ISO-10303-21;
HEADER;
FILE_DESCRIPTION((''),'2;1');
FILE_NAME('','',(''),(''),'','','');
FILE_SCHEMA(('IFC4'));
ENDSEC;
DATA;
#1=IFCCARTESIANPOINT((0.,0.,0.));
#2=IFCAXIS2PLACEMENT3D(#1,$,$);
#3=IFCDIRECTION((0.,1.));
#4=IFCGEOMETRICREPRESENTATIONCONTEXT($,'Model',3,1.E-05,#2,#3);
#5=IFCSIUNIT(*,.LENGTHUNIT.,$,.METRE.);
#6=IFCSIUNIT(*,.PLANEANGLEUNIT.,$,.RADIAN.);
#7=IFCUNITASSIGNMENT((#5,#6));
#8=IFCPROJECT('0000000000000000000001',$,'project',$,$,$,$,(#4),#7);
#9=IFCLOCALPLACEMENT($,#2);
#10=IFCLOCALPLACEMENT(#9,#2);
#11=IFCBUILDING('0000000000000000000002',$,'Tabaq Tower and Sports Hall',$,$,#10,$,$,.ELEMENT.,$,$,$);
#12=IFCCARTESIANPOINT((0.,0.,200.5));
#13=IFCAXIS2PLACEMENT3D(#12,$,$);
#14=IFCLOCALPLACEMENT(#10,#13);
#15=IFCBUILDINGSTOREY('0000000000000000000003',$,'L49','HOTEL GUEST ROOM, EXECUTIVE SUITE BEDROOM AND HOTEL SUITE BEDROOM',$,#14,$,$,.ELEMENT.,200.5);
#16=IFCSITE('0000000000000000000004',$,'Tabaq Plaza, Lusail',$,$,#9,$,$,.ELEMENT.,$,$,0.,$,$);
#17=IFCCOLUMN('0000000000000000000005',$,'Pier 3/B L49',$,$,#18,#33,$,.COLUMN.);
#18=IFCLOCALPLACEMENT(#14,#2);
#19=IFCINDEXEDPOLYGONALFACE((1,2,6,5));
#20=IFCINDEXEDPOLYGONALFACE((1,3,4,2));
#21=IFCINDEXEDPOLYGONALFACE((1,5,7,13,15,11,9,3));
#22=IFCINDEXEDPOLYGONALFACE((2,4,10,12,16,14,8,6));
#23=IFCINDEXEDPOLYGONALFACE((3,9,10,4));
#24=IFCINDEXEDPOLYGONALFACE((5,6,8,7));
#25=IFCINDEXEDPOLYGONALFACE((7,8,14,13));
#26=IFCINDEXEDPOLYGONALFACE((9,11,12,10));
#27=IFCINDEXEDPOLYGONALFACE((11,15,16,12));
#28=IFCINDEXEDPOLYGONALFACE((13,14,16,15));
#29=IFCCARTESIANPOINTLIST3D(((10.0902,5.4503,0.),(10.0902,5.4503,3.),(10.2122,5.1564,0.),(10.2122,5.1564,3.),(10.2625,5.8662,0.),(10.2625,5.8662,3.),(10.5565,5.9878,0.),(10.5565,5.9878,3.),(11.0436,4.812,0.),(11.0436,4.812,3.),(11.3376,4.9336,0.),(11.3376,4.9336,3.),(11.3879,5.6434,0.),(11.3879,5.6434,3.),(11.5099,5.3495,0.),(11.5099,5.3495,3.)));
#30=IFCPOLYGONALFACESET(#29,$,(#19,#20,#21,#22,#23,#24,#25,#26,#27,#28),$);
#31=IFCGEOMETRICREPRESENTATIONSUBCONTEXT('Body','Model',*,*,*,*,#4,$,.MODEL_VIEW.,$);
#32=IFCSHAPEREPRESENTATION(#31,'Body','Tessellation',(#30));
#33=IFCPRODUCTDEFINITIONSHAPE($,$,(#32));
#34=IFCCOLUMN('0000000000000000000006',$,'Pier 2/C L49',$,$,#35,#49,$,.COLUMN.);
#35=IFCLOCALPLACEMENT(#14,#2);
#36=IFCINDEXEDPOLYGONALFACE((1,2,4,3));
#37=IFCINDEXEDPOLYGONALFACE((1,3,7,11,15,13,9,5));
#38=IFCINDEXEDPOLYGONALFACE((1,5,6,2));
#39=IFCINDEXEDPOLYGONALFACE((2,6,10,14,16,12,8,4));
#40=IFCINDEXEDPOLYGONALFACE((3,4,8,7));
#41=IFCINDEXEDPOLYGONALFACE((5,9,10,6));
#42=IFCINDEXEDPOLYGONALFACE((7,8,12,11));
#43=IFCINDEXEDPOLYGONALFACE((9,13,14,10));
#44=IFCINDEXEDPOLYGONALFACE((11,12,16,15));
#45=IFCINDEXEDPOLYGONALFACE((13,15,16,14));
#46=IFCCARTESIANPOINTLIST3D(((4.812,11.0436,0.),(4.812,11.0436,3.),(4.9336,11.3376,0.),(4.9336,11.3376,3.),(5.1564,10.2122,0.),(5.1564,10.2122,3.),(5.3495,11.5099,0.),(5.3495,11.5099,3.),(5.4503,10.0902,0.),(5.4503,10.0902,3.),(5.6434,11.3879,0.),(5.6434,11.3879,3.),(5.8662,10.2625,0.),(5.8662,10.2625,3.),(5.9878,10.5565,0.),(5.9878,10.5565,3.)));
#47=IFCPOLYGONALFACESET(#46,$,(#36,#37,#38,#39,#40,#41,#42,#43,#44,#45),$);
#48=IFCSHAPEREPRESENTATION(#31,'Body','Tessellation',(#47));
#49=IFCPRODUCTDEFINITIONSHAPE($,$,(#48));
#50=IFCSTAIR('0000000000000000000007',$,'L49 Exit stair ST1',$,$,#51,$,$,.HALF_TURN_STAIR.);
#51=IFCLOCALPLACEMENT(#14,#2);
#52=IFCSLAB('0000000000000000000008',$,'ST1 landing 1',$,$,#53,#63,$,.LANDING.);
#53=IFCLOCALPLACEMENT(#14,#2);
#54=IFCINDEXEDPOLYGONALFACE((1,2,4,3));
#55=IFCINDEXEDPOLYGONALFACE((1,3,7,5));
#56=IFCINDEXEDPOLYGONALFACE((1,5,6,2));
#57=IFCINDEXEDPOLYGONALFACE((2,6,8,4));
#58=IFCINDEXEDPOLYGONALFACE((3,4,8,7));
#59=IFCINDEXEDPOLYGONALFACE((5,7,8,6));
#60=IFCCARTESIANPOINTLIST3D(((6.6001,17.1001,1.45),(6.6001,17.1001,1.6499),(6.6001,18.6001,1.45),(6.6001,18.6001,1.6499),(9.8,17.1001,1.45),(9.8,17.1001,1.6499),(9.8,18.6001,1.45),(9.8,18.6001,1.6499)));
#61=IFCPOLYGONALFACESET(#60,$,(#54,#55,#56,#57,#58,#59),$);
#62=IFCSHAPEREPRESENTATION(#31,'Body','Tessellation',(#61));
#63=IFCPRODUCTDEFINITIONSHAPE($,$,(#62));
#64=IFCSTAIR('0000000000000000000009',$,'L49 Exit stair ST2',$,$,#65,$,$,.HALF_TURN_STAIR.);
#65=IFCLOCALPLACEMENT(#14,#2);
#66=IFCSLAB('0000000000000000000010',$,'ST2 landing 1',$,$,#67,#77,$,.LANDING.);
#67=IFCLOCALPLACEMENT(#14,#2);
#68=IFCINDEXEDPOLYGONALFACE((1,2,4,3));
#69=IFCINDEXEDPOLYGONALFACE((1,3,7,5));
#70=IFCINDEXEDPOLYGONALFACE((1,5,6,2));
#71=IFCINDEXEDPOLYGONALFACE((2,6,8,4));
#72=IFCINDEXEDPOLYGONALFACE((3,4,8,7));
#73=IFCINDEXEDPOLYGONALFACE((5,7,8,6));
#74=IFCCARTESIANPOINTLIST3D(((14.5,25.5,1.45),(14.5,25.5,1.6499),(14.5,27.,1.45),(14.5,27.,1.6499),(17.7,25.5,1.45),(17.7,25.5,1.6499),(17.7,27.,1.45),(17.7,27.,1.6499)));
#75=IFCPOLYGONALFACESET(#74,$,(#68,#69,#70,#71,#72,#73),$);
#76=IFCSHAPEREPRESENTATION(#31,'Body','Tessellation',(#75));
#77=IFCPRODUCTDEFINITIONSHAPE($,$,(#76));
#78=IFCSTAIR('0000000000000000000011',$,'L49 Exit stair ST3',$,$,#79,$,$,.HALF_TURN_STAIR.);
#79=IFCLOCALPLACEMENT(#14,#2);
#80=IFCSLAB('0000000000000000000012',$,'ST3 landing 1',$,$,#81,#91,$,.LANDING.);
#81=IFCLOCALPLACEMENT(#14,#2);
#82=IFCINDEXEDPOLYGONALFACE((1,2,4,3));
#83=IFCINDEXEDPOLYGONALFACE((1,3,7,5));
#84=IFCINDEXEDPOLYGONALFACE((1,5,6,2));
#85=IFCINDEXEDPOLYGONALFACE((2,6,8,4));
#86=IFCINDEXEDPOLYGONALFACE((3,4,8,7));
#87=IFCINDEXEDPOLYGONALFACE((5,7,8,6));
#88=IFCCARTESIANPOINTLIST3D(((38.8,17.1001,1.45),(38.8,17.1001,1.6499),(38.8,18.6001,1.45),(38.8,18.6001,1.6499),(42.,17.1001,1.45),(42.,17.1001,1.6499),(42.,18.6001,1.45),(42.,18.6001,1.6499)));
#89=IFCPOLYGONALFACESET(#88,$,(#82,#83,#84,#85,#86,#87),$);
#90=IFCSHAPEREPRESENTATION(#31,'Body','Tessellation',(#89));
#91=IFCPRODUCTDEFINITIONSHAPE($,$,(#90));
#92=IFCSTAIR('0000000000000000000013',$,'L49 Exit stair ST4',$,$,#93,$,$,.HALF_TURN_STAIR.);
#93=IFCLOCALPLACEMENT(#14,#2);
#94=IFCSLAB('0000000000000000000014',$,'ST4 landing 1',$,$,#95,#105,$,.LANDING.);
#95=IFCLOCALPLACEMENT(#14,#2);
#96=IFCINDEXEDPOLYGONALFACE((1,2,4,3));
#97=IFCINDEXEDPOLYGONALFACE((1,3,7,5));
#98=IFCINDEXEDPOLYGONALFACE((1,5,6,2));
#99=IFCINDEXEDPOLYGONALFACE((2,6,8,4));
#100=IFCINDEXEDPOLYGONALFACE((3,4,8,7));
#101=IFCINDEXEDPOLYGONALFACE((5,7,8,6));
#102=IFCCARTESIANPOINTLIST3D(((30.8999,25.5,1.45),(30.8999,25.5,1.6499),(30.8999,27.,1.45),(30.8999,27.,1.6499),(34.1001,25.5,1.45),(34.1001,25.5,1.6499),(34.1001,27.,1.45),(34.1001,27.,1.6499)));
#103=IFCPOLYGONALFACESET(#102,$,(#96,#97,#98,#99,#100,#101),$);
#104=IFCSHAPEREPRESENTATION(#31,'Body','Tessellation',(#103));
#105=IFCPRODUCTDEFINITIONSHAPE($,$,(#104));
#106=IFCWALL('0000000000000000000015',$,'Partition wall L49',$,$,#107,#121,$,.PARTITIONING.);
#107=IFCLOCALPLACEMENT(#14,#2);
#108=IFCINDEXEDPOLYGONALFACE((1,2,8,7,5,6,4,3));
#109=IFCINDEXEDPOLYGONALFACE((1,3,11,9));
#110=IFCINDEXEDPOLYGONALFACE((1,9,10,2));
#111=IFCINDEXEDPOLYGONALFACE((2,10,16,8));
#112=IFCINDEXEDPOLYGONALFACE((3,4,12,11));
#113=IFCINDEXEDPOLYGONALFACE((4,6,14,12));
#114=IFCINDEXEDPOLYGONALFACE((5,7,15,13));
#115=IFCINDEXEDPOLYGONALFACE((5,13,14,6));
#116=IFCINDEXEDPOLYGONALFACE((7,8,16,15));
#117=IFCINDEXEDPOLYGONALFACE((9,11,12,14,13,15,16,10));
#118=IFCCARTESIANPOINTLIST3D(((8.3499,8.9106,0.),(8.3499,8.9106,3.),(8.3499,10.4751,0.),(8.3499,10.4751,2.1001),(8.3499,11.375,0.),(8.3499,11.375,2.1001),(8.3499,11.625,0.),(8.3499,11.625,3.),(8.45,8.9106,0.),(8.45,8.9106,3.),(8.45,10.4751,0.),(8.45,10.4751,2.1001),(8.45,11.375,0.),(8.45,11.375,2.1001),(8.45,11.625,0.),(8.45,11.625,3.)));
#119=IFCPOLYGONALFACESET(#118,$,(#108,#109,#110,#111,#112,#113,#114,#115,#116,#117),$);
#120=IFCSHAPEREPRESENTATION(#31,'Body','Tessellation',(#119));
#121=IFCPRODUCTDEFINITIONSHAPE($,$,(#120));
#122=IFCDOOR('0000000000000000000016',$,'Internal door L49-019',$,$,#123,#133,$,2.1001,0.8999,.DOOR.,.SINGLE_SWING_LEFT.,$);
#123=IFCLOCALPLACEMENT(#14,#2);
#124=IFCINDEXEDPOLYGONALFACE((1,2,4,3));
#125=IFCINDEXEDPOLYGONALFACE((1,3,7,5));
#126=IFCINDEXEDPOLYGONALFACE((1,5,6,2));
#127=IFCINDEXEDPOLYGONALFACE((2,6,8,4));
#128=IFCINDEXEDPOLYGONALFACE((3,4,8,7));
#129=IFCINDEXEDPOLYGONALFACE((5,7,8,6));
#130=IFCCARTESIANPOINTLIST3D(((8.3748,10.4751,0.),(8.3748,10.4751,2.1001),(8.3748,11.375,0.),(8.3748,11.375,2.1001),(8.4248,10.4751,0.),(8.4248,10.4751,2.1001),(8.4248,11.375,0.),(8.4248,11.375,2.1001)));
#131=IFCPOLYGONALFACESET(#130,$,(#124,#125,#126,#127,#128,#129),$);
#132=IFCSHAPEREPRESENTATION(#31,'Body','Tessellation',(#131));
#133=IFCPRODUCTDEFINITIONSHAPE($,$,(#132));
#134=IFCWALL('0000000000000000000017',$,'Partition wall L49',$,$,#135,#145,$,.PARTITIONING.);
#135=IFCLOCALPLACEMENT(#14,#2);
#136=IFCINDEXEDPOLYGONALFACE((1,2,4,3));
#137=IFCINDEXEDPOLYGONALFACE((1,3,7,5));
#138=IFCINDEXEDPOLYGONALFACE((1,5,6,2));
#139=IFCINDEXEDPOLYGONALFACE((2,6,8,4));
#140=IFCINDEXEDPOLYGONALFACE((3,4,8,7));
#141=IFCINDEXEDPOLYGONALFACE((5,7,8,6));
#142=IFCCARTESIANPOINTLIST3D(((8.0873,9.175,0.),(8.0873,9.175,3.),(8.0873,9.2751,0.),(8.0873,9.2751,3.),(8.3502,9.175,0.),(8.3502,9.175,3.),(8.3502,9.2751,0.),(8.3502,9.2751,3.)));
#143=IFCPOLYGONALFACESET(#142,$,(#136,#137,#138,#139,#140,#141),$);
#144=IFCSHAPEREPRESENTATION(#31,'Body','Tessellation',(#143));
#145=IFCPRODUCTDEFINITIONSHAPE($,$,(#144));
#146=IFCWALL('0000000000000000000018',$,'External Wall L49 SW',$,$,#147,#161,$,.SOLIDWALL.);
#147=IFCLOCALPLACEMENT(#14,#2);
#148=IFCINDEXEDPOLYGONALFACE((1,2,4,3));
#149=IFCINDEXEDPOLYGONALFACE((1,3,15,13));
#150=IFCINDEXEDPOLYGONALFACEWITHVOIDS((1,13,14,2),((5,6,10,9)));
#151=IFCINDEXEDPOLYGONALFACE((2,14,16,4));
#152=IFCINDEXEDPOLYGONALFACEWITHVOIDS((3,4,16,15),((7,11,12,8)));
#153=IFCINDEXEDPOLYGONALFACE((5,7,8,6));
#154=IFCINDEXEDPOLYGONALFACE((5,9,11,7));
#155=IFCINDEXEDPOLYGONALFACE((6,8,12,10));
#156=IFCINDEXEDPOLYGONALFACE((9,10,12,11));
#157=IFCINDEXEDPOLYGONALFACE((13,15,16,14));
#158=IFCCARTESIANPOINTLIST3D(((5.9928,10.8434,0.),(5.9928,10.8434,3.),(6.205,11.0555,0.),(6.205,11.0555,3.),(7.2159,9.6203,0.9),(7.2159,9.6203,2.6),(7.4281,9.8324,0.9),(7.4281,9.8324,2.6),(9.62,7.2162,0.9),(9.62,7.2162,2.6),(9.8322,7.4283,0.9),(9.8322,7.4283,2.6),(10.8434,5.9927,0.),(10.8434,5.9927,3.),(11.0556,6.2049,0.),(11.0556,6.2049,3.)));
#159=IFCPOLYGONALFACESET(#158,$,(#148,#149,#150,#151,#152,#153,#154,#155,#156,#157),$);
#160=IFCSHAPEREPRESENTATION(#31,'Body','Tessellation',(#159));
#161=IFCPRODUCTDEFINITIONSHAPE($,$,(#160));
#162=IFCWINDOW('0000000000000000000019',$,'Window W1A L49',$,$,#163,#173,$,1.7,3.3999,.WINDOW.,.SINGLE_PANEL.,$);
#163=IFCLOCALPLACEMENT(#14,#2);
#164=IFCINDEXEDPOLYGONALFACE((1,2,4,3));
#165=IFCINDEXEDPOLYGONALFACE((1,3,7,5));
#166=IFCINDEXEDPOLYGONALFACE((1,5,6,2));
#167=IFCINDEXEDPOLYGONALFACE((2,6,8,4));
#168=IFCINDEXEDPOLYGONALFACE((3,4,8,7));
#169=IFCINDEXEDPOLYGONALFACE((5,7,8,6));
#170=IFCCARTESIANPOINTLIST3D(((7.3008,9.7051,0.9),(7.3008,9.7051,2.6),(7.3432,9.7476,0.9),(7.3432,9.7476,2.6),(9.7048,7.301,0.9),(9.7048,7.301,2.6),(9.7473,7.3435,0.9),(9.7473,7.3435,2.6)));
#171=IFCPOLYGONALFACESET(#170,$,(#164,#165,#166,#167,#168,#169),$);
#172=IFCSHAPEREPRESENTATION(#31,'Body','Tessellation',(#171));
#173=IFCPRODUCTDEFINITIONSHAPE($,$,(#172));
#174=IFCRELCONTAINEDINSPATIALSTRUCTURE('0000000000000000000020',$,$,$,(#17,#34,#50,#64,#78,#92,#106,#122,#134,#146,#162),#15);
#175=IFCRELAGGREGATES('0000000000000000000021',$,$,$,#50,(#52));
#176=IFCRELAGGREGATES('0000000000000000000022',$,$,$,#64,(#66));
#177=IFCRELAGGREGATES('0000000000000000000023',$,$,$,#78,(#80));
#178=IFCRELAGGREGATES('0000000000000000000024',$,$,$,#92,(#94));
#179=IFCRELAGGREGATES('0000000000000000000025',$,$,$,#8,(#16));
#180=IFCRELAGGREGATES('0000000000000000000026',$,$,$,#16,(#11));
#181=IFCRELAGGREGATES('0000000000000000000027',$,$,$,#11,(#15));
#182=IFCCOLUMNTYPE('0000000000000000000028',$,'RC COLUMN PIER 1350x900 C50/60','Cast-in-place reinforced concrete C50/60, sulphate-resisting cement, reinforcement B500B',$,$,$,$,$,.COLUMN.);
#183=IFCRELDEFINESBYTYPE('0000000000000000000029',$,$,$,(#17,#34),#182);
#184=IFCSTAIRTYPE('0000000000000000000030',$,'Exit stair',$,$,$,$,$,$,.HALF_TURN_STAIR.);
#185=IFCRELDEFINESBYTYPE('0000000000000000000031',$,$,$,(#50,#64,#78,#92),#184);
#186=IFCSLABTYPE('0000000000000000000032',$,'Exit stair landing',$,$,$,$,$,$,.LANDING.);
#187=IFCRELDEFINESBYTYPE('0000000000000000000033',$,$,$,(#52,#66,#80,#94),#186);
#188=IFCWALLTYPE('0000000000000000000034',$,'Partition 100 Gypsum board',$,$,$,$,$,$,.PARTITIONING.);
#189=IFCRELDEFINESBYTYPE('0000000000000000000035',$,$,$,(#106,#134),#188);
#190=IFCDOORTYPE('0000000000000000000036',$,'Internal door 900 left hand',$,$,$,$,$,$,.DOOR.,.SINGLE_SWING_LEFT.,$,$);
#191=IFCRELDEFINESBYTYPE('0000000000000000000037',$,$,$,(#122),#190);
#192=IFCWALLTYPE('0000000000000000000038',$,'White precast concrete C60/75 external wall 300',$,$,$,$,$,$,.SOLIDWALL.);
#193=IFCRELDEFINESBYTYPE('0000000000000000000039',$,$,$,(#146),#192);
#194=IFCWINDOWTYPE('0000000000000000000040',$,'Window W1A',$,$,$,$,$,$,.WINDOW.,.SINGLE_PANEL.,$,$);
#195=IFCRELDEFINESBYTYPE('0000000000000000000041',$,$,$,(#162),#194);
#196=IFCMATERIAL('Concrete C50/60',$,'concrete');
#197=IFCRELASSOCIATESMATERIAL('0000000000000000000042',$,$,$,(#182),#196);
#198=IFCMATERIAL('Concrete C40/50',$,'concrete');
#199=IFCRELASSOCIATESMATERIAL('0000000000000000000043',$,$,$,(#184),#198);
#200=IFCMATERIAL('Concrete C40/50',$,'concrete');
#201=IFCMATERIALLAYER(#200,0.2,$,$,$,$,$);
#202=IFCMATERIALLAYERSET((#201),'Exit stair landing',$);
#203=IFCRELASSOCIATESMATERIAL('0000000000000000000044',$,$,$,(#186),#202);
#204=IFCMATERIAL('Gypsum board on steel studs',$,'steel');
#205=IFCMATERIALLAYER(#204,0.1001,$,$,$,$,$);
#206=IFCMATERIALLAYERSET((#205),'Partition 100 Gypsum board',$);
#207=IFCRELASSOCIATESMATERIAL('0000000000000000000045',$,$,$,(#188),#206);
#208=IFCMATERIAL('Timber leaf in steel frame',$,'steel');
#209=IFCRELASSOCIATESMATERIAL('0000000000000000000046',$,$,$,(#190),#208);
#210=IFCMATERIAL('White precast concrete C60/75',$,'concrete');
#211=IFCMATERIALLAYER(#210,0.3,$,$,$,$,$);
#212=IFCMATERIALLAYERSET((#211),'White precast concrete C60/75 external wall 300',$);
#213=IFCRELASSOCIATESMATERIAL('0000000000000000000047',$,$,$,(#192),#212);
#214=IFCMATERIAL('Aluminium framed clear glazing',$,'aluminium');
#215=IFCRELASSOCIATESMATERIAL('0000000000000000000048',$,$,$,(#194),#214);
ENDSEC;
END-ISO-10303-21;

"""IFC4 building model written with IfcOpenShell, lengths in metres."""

from ifc_helpers import new_model, si_unit, direction, frame, frame_2d, origin, place, context, subcontext, project, spatial, polyline, rectangle, outline, extrude, material, layer, layer_set, material_profile, profile_set, type_object, element, fill, aggregate, save


model = new_model("IFC4")

# Units and contexts
model_context = context("Model", 3, precision=1e-05, world=origin(), true_north=direction((0.0, 1.0)))
body_context = subcontext(model_context, "Body", "Model", "MODEL_VIEW")
ifc_project = project(units=[si_unit("LENGTHUNIT", "METRE"), si_unit("PLANEANGLEUNIT", "RADIAN")], contexts=[model_context])

# Site, building, storey
site_placement = place(None, origin())
site = spatial("IfcSite", under=ifc_project, at=site_placement, Name="Tabaq Plaza, Lusail", CompositionType="ELEMENT", RefElevation=0.0)
building_placement = place(site_placement, origin())
building = spatial("IfcBuilding", under=site, at=building_placement, Name="Tabaq Tower and Sports Hall", CompositionType="ELEMENT")
storey_placement = place(building_placement, frame((0.0, 0.0, 200.5)))
storey = spatial("IfcBuildingStorey", under=building, at=storey_placement, Name="L49", Description="HOTEL GUEST ROOM, EXECUTIVE SUITE BEDROOM AND HOTEL SUITE BEDROOM", CompositionType="ELEMENT", Elevation=200.5)

# Columns
ifc_material_1 = material(Name="Concrete C50/60", Category="concrete")
ifc_material_profile = material_profile(ifc_material_1, outline(polyline([(-0.45, -0.45), (0.45, -0.45), (0.675, -0.2251), (0.675, 0.2251), (0.45, 0.45), (-0.45, 0.45), (-0.675, 0.2251), (-0.675, -0.2251), (-0.45, -0.45)])), Name="PIER 1350x900")
ifc_profile_set = profile_set([ifc_material_profile], Name="Concrete C50/60")
column_type = type_object("IfcColumnType", Name="RC COLUMN PIER 1350x900 C50/60", Description="Cast-in-place reinforced concrete C50/60, sulphate-resisting cement, reinforcement B500B", PredefinedType="COLUMN", material=ifc_profile_set)
for number, where, z_axis, x_axis, name in (
    (1, (10.8, 5.3999, 0.0), (0.0, 0.0, 1.0), (-0.92388, 0.382683, 0.0), "Pier 3/B L49"),
    (2, (5.3999, 10.8, 0.0), (0.0, 0.0, 1.0), (-0.382683, 0.92388, 0.0), "Pier 2/C L49"),
):
    element("IfcColumn", number, at=place(storey_placement, frame(where, z_axis=z_axis, x_axis=x_axis)), inside=storey, type_object=column_type, Name=name, PredefinedType="COLUMN", context=body_context, shape_type="SweptSolid", body=[
        extrude(outline(polyline([(-0.45, -0.45), (0.45, -0.45), (0.675, -0.2251), (0.675, 0.2251), (0.45, 0.45), (-0.45, 0.45), (-0.675, 0.2251), (-0.675, -0.2251), (-0.45, -0.45)])), origin(), (0.0, 0.0, 1.0), 3.0),
    ])

# Stairs, slabs
ifc_material_2 = material(Name="Concrete C40/50", Category="concrete")
stair_type = type_object("IfcStairType", Name="Exit stair", PredefinedType="HALF_TURN_STAIR", material=ifc_material_2)
stair_1_placement = place(storey_placement, origin())
stair_1 = element("IfcStair", 3, at=stair_1_placement, inside=storey, type_object=stair_type, Name="L49 Exit stair ST1", PredefinedType="HALF_TURN_STAIR")
ifc_material_3 = material(Name="Concrete C40/50", Category="concrete")
ifc_layer_1 = layer(ifc_material_3, 0.2)
ifc_layer_set_1 = layer_set([ifc_layer_1], Name="Exit stair landing")
slab_type = type_object("IfcSlabType", Name="Exit stair landing", PredefinedType="LANDING", material=ifc_layer_set_1)
slab_1_placement = place(storey_placement, frame((0.0, 0.0, 1.45)))
slab_1 = element("IfcSlab", 4, at=slab_1_placement, type_object=slab_type, Name="ST1 landing 1", PredefinedType="LANDING", context=body_context, shape_type="SweptSolid", body=[
    extrude(outline(polyline([(6.6001, 18.6001), (6.6001, 17.1001), (9.8, 17.1001), (9.8, 18.6001), (6.6001, 18.6001)])), origin(), (0.0, 0.0, 1.0), 0.2),
])
aggregate(stair_1, [slab_1])
stair_2_placement = place(storey_placement, origin())
stair_2 = element("IfcStair", 5, at=stair_2_placement, inside=storey, type_object=stair_type, Name="L49 Exit stair ST2", PredefinedType="HALF_TURN_STAIR")
slab_2_placement = place(storey_placement, frame((0.0, 0.0, 1.45)))
slab_2 = element("IfcSlab", 6, at=slab_2_placement, type_object=slab_type, Name="ST2 landing 1", PredefinedType="LANDING", context=body_context, shape_type="SweptSolid", body=[
    extrude(outline(polyline([(14.5, 27.0), (14.5, 25.5), (17.7, 25.5), (17.7, 27.0), (14.5, 27.0)])), origin(), (0.0, 0.0, 1.0), 0.2),
])
aggregate(stair_2, [slab_2])
stair_3_placement = place(storey_placement, origin())
stair_3 = element("IfcStair", 7, at=stair_3_placement, inside=storey, type_object=stair_type, Name="L49 Exit stair ST3", PredefinedType="HALF_TURN_STAIR")
slab_3_placement = place(storey_placement, frame((0.0, 0.0, 1.45)))
slab_3 = element("IfcSlab", 8, at=slab_3_placement, type_object=slab_type, Name="ST3 landing 1", PredefinedType="LANDING", context=body_context, shape_type="SweptSolid", body=[
    extrude(outline(polyline([(38.8, 18.6001), (38.8, 17.1001), (42.0, 17.1001), (42.0, 18.6001), (38.8, 18.6001)])), origin(), (0.0, 0.0, 1.0), 0.2),
])
aggregate(stair_3, [slab_3])
stair_4_placement = place(storey_placement, origin())
stair_4 = element("IfcStair", 9, at=stair_4_placement, inside=storey, type_object=stair_type, Name="L49 Exit stair ST4", PredefinedType="HALF_TURN_STAIR")
slab_4_placement = place(storey_placement, frame((0.0, 0.0, 1.45)))
slab_4 = element("IfcSlab", 10, at=slab_4_placement, type_object=slab_type, Name="ST4 landing 1", PredefinedType="LANDING", context=body_context, shape_type="SweptSolid", body=[
    extrude(outline(polyline([(30.8999, 27.0), (30.8999, 25.5), (34.1001, 25.5), (34.1001, 27.0), (30.8999, 27.0)])), origin(), (0.0, 0.0, 1.0), 0.2),
])
aggregate(stair_4, [slab_4])

# Wall, opening, door
ifc_material_4 = material(Name="Gypsum board on steel studs", Category="steel")
ifc_layer_2 = layer(ifc_material_4, 0.1001)
ifc_layer_set_2 = layer_set([ifc_layer_2], Name="Partition 100 Gypsum board")
wall_type_1 = type_object("IfcWallType", Name="Partition 100 Gypsum board", PredefinedType="PARTITIONING", material=ifc_layer_set_2)
wall_1_placement = place(storey_placement, frame((8.3999, 11.625, 0.0), z_axis=(0.0, 0.0, 1.0), x_axis=(0.0, -1.0, 0.0)))
wall_1 = element("IfcWall", 11, at=wall_1_placement, inside=storey, type_object=wall_type_1, Name="Partition wall L49", PredefinedType="PARTITIONING", context=body_context, shape_type="SweptSolid", body=[
    extrude(rectangle(XDim=2.7144, YDim=0.1001, at=frame_2d((1.3572, 0.0))), origin(), (0.0, 0.0, 1.0), 3.0),
])
opening_1_placement = place(wall_1_placement, frame((0.25, 0.0, 0.0)))
opening_1 = element("IfcOpeningElement", 12, at=opening_1_placement, cuts=wall_1, PredefinedType="OPENING", context=body_context, shape_type="SweptSolid", body=[
    extrude(rectangle(XDim=0.8999, YDim=2.1001, at=frame_2d((0.45, 1.05))), frame((0.0, 0.05, 0.0), z_axis=(0.0, -1.0, 0.0), x_axis=(1.0, 0.0, 0.0)), (0.0, 0.0, 1.0), 0.1001),
])
ifc_material_5 = material(Name="Timber leaf in steel frame", Category="steel")
door_type = type_object("IfcDoorType", Name="Internal door 900 left hand", OperationType="SINGLE_SWING_LEFT", PredefinedType="DOOR", material=ifc_material_5)
door_placement = place(opening_1_placement, origin())
door = element("IfcDoor", 13, at=door_placement, inside=storey, type_object=door_type, Name="Internal door L49-019", OperationType="SINGLE_SWING_LEFT", OverallHeight=2.1001, OverallWidth=0.8999, PredefinedType="DOOR", context=body_context, shape_type="SweptSolid", body=[
    extrude(rectangle(XDim=0.8999, YDim=2.1001, at=frame_2d((0.45, 1.05))), frame((0.0, 0.0249, 0.0), z_axis=(0.0, -1.0, 0.0), x_axis=(1.0, 0.0, 0.0)), (0.0, 0.0, 1.0), 0.05),
])
fill(opening_1, door)

# Wall
wall_2_placement = place(storey_placement, frame((8.3501, 9.2251, 0.0), z_axis=(0.0, 0.0, 1.0), x_axis=(-1.0, 0.0, 0.0)))
element("IfcWall", 14, at=wall_2_placement, inside=storey, type_object=wall_type_1, Name="Partition wall L49", PredefinedType="PARTITIONING", context=body_context, shape_type="SweptSolid", body=[
    extrude(rectangle(XDim=0.2629, YDim=0.1001, at=frame_2d((0.1313, 0.0))), origin(), (0.0, 0.0, 1.0), 3.0),
])

# Wall, opening, window
ifc_material_6 = material(Name="White precast concrete C60/75", Category="concrete")
ifc_layer_3 = layer(ifc_material_6, 0.3)
ifc_layer_set_3 = layer_set([ifc_layer_3], Name="White precast concrete C60/75 external wall 300")
wall_type_2 = type_object("IfcWallType", Name="White precast concrete C60/75 external wall 300", PredefinedType="SOLIDWALL", material=ifc_layer_set_3)
wall_3_placement = place(storey_placement, frame((6.0989, 10.9495, 0.0), z_axis=(0.0, 0.0, 1.0), x_axis=(0.707107, -0.707107, 0.0)))
wall_3 = element("IfcWall", 15, at=wall_3_placement, inside=storey, type_object=wall_type_2, Name="External Wall L49 SW", PredefinedType="SOLIDWALL", context=body_context, shape_type="SweptSolid", body=[
    extrude(rectangle(XDim=6.8599, YDim=0.3, at=frame_2d((3.4299, 0.0))), origin(), (0.0, 0.0, 1.0), 3.0),
])
opening_2_placement = place(wall_3_placement, frame((1.7297, 0.0, 0.8999)))
opening_2 = element("IfcOpeningElement", 16, at=opening_2_placement, cuts=wall_3, PredefinedType="OPENING", context=body_context, shape_type="SweptSolid", body=[
    extrude(rectangle(XDim=3.3999, YDim=1.7, at=frame_2d((1.7, 0.8501))), frame((0.0, 0.1602, 0.0), z_axis=(0.0, -1.0, 0.0), x_axis=(1.0, 0.0, 0.0)), (0.0, 0.0, 1.0), 0.3201),
])
ifc_material_7 = material(Name="Aluminium framed clear glazing", Category="aluminium")
window_type = type_object("IfcWindowType", Name="Window W1A", PartitioningType="SINGLE_PANEL", PredefinedType="WINDOW", material=ifc_material_7)
window_placement = place(opening_2_placement, origin())
window = element("IfcWindow", 17, at=window_placement, inside=storey, type_object=window_type, Name="Window W1A L49", OverallHeight=1.7, OverallWidth=3.3999, PartitioningType="SINGLE_PANEL", PredefinedType="WINDOW", context=body_context, shape_type="SweptSolid", body=[
    extrude(rectangle(XDim=3.3999, YDim=1.7, at=frame_2d((1.7, 0.8501))), frame((0.0, 0.03, 0.0), z_axis=(0.0, -1.0, 0.0), x_axis=(1.0, 0.0, 0.0)), (0.0, 0.0, 1.0), 0.0601),
])
fill(opening_2, window)

save(model, "model.ifc")
